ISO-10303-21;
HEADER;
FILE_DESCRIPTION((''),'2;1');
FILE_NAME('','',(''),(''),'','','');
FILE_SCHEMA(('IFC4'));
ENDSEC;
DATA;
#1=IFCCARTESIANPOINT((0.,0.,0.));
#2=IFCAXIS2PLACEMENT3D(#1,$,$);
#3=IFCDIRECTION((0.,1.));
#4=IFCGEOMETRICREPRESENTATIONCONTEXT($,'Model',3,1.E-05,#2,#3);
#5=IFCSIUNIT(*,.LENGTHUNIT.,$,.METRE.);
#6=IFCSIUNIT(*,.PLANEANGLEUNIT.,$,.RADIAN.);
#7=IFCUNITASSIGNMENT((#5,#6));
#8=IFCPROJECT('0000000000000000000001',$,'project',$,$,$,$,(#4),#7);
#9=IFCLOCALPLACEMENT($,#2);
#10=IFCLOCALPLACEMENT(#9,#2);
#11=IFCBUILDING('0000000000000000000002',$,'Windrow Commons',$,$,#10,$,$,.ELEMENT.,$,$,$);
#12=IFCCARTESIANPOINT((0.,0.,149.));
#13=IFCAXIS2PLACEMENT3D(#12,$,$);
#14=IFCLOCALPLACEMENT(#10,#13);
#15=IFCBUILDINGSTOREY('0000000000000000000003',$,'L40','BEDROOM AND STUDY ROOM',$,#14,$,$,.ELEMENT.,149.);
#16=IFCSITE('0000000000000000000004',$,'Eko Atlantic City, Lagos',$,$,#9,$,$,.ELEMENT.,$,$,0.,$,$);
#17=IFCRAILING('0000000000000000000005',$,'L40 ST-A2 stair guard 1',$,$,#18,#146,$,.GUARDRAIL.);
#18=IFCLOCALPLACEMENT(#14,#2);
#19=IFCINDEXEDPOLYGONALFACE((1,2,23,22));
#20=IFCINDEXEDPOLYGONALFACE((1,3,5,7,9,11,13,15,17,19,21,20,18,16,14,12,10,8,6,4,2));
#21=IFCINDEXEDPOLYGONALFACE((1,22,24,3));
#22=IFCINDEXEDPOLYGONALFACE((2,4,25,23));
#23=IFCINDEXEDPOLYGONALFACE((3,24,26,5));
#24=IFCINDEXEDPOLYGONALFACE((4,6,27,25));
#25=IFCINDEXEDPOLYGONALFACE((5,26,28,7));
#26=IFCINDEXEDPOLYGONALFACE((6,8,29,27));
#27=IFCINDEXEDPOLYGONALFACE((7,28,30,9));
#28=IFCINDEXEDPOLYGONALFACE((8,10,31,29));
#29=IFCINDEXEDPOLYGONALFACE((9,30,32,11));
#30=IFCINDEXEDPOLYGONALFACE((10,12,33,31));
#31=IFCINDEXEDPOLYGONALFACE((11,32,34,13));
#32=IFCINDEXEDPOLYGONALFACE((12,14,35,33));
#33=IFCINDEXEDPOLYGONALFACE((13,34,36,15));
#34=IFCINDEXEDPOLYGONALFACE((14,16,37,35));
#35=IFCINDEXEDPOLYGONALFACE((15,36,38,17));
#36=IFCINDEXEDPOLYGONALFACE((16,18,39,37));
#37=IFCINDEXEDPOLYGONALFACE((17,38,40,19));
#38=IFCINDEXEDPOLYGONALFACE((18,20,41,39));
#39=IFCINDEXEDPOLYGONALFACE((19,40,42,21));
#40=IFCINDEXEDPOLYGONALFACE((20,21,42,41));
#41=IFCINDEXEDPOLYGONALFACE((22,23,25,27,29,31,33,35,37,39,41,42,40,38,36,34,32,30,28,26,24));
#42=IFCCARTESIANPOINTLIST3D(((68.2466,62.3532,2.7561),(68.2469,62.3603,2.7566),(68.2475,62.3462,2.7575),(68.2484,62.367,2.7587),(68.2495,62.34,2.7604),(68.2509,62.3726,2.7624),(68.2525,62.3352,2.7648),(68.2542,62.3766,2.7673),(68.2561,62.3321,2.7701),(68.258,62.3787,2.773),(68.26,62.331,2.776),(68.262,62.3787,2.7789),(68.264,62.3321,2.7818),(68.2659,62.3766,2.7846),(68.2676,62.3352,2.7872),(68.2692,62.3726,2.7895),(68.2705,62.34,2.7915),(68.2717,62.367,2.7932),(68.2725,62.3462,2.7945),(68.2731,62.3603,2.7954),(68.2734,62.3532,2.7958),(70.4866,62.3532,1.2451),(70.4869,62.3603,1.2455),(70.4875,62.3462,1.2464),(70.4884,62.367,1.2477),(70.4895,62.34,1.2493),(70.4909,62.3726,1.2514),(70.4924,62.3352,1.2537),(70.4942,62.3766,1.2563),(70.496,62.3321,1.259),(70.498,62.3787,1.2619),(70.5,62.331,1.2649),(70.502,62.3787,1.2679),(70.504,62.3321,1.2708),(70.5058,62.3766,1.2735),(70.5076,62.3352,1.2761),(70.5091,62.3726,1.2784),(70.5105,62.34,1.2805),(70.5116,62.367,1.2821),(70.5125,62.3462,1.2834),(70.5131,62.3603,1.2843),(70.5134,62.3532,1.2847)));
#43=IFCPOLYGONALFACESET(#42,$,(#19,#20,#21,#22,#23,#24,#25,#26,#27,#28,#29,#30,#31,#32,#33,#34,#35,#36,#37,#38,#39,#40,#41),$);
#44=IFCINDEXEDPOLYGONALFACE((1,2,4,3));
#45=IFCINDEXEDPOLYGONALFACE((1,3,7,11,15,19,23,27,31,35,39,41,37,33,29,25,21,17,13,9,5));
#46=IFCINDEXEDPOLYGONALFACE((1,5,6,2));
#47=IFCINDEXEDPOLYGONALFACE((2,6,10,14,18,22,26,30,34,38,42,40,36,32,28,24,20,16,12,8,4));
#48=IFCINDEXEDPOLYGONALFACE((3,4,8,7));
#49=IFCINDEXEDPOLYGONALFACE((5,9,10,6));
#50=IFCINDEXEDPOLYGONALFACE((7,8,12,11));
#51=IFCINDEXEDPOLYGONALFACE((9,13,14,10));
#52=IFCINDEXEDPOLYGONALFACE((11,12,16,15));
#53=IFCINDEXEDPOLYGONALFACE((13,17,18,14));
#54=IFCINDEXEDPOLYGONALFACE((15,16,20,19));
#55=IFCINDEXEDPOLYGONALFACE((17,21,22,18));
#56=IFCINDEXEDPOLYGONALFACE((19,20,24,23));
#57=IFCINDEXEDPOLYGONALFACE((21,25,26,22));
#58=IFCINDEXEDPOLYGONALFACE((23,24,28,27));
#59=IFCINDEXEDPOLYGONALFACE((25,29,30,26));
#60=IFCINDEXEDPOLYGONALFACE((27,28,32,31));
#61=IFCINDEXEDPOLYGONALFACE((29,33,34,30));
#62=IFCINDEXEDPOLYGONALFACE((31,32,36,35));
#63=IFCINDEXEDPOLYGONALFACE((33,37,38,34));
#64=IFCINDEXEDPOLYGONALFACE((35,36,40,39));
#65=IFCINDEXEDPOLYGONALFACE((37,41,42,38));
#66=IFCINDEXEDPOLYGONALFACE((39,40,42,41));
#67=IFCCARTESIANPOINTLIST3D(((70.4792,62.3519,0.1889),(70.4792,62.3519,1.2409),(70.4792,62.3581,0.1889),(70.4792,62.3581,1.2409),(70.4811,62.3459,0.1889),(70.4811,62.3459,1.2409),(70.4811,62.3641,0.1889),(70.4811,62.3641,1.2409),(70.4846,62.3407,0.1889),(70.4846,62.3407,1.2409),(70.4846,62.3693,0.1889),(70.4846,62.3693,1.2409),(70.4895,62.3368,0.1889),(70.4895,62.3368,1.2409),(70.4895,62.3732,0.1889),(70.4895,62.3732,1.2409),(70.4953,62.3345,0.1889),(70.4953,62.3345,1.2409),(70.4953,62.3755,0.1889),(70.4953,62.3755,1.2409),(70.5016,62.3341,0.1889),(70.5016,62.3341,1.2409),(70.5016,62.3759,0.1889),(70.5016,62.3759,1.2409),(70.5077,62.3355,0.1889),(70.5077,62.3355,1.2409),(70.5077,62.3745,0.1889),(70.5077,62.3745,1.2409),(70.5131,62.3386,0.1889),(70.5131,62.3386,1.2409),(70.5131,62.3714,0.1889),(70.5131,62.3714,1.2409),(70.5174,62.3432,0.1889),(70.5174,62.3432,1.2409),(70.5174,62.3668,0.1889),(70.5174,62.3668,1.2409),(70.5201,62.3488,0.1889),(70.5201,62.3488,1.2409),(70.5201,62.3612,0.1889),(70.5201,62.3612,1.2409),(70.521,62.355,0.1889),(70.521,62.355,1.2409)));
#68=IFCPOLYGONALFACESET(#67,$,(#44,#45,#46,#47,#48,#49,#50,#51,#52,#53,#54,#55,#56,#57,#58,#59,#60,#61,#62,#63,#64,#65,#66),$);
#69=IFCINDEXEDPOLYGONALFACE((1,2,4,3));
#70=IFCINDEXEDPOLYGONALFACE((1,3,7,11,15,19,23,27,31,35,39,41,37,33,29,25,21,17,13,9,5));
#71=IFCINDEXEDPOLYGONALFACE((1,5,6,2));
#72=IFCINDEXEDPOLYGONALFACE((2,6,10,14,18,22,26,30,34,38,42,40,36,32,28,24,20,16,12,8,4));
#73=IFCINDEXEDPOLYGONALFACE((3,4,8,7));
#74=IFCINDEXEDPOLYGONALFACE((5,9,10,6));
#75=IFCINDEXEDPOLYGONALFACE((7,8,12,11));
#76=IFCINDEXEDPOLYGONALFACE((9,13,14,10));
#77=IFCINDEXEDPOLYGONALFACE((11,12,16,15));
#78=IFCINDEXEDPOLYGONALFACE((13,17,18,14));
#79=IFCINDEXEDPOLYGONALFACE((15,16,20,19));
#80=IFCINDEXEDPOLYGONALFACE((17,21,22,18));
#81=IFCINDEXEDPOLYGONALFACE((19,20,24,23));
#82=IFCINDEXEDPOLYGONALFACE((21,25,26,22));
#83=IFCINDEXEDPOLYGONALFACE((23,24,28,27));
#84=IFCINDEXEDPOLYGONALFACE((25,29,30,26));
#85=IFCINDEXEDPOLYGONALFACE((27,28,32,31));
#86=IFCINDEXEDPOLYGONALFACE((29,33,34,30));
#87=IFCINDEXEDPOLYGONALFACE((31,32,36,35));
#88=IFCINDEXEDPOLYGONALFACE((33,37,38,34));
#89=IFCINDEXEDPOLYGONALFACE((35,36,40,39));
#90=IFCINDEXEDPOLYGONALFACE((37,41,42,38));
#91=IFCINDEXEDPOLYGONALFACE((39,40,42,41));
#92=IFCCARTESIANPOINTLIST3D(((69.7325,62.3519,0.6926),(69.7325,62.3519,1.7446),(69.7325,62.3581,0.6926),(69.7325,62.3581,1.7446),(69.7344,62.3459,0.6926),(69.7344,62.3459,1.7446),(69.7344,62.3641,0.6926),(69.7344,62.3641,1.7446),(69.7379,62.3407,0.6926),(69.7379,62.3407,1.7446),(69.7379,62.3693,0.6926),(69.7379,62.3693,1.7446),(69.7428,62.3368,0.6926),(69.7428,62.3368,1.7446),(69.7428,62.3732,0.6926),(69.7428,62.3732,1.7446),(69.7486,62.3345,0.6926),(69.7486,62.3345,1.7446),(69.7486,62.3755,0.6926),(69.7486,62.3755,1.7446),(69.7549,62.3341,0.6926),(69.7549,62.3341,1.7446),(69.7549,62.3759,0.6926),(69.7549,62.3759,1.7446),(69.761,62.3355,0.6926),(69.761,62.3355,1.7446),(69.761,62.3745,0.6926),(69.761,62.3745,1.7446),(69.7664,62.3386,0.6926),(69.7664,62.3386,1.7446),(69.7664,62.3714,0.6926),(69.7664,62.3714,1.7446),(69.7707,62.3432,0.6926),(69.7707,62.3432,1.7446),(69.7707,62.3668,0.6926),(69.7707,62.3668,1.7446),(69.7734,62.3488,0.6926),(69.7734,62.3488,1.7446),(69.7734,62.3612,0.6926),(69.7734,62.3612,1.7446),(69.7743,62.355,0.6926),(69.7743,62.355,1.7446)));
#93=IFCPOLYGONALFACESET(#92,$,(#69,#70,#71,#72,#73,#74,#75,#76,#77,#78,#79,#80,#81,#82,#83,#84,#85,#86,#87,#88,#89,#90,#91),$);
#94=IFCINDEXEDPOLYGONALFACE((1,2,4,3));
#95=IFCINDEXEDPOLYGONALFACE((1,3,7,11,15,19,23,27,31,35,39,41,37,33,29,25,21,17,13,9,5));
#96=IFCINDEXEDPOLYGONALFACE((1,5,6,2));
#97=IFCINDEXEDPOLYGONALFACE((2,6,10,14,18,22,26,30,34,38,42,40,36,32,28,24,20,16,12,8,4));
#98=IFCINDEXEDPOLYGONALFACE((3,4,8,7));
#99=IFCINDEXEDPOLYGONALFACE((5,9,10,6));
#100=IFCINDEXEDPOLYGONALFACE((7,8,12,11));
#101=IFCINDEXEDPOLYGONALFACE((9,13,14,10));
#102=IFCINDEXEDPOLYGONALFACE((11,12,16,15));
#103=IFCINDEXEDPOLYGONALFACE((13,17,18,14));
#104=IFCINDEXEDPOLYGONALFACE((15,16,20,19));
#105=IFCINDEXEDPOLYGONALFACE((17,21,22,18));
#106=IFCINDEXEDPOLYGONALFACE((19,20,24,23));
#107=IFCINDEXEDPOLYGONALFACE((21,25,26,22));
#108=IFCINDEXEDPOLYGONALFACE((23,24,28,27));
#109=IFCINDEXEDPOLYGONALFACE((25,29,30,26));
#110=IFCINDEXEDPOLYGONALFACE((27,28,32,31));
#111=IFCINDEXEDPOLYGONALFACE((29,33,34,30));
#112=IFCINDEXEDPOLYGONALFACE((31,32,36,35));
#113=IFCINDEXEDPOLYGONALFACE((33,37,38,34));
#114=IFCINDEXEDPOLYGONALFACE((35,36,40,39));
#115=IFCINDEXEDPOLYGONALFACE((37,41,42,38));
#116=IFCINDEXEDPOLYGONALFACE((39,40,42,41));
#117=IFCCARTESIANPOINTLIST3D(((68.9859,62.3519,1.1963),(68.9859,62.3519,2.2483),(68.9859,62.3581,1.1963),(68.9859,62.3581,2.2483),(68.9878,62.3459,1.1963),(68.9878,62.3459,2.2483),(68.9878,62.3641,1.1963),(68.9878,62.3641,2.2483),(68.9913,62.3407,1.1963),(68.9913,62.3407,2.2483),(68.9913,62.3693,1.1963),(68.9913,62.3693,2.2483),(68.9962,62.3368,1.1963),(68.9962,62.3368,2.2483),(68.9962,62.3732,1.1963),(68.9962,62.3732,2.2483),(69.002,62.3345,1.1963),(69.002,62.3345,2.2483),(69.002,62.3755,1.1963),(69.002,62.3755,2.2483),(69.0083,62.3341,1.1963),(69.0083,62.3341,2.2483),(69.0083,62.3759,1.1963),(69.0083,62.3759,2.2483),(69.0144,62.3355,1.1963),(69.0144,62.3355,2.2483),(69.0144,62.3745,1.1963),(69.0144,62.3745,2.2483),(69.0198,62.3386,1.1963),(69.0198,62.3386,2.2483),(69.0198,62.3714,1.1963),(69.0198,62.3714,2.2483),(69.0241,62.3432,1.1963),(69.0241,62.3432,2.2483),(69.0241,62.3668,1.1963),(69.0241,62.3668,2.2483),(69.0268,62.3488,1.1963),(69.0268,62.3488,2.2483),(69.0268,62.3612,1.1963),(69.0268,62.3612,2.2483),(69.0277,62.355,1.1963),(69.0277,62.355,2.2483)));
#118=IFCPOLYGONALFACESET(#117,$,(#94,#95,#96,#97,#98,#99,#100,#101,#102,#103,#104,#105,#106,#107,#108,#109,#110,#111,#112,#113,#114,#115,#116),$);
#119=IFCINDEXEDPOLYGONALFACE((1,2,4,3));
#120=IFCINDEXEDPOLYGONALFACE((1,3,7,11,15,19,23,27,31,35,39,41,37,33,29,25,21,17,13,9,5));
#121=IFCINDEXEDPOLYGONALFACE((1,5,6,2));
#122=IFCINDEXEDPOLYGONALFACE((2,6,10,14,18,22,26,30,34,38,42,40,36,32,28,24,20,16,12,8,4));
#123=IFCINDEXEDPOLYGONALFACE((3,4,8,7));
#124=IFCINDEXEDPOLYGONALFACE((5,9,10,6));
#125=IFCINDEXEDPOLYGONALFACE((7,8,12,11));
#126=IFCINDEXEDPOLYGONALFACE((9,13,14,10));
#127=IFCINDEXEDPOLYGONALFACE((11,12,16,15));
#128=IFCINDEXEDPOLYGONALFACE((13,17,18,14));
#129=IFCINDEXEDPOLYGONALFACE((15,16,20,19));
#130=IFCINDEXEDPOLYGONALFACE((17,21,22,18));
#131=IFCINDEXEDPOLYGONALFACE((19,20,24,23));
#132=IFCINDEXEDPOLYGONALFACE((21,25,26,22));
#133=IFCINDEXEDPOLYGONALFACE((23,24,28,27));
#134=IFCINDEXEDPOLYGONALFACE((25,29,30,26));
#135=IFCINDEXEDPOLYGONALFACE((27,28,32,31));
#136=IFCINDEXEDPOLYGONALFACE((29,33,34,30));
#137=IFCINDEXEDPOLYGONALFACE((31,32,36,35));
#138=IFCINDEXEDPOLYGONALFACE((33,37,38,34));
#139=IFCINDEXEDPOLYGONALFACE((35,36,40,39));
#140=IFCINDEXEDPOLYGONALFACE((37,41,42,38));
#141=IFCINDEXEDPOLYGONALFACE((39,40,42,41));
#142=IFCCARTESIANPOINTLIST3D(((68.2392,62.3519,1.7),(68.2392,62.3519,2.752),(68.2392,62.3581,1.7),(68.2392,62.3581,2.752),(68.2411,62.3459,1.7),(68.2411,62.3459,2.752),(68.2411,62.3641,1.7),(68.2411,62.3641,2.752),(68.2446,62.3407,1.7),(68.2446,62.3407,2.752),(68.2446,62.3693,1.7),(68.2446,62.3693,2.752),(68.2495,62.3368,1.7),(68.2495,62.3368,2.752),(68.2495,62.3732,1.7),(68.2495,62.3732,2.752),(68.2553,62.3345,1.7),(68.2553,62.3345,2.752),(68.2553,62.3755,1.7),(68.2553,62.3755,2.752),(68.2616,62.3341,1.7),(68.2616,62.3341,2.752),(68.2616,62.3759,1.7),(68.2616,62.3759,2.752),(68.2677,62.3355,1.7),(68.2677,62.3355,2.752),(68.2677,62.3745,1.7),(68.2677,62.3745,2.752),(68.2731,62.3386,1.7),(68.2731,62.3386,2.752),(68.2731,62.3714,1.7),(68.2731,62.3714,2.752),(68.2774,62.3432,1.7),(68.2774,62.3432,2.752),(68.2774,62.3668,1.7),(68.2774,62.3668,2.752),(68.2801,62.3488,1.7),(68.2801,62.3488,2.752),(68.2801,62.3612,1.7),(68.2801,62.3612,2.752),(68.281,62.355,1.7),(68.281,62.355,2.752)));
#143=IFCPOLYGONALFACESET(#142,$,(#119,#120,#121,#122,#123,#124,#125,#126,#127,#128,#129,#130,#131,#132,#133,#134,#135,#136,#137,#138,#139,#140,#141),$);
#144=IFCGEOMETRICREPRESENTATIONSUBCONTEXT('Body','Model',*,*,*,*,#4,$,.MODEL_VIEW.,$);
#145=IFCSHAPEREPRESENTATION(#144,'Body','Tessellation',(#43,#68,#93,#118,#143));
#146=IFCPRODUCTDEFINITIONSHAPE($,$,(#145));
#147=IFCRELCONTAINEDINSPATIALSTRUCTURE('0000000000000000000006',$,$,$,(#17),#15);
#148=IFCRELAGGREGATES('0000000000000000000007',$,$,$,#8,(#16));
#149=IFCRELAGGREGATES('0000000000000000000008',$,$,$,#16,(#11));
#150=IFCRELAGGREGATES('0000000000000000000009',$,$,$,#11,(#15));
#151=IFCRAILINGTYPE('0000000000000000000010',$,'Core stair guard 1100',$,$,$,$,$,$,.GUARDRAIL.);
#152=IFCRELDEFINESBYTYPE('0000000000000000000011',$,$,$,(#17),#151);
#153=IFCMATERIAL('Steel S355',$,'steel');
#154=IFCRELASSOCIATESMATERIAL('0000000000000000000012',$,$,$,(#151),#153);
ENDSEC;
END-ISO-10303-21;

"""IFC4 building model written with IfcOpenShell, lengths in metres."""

from ifc_helpers import new_model, si_unit, direction, frame, origin, origin_2d, place, context, subcontext, project, spatial, circle, extrude, material, type_object, element, save


model = new_model("IFC4")

# Units and contexts
model_context = context("Model", 3, precision=1e-05, world=origin(), true_north=direction((0.0, 1.0)))
body_context = subcontext(model_context, "Body", "Model", "MODEL_VIEW")
ifc_project = project(units=[si_unit("LENGTHUNIT", "METRE"), si_unit("PLANEANGLEUNIT", "RADIAN")], contexts=[model_context])

# Site, building, storey
site_placement = place(None, origin())
site = spatial("IfcSite", under=ifc_project, at=site_placement, Name="Eko Atlantic City, Lagos", CompositionType="ELEMENT", RefElevation=0.0)
building_placement = place(site_placement, origin())
building = spatial("IfcBuilding", under=site, at=building_placement, Name="Windrow Commons", CompositionType="ELEMENT")
storey_placement = place(building_placement, frame((0.0, 0.0, 149.0)))
storey = spatial("IfcBuildingStorey", under=building, at=storey_placement, Name="L40", Description="BEDROOM AND STUDY ROOM", CompositionType="ELEMENT", Elevation=149.0)

# Railing
ifc_material_1 = material(Name="Steel S355", Category="steel")
railing_type_1 = type_object("IfcRailingType", Name="Core stair guard 1100", PredefinedType="GUARDRAIL", material=ifc_material_1)
railing_1_placement = place(storey_placement, frame((70.5, 62.355, 0.1889)))
element("IfcRailing", 1, at=railing_1_placement, inside=storey, type_object=railing_type_1, Name="L40 ST-A2 stair guard 1", PredefinedType="GUARDRAIL", context=body_context, shape_type="SweptSolid", body=[
    extrude(circle(Radius=0.024, at=origin_2d()), frame((0.0, 0.0, 1.076), z_axis=(-0.829003, 0.0, 0.559244), x_axis=(0.0, -1.0, 0.0)), (0.0, 0.0, 1.0), 2.702),
    extrude(circle(Radius=0.021, at=origin_2d()), origin(), (0.0, 0.0, 1.0), 1.052),
    extrude(circle(Radius=0.021, at=origin_2d()), frame((-0.7467, 0.0, 0.5037)), (0.0, 0.0, 1.0), 1.052),
    extrude(circle(Radius=0.021, at=origin_2d()), frame((-1.4933, 0.0, 1.0074)), (0.0, 0.0, 1.0), 1.052),
    extrude(circle(Radius=0.021, at=origin_2d()), frame((-2.24, 0.0, 1.5111)), (0.0, 0.0, 1.0), 1.052),
])

save(model, "model.ifc")
